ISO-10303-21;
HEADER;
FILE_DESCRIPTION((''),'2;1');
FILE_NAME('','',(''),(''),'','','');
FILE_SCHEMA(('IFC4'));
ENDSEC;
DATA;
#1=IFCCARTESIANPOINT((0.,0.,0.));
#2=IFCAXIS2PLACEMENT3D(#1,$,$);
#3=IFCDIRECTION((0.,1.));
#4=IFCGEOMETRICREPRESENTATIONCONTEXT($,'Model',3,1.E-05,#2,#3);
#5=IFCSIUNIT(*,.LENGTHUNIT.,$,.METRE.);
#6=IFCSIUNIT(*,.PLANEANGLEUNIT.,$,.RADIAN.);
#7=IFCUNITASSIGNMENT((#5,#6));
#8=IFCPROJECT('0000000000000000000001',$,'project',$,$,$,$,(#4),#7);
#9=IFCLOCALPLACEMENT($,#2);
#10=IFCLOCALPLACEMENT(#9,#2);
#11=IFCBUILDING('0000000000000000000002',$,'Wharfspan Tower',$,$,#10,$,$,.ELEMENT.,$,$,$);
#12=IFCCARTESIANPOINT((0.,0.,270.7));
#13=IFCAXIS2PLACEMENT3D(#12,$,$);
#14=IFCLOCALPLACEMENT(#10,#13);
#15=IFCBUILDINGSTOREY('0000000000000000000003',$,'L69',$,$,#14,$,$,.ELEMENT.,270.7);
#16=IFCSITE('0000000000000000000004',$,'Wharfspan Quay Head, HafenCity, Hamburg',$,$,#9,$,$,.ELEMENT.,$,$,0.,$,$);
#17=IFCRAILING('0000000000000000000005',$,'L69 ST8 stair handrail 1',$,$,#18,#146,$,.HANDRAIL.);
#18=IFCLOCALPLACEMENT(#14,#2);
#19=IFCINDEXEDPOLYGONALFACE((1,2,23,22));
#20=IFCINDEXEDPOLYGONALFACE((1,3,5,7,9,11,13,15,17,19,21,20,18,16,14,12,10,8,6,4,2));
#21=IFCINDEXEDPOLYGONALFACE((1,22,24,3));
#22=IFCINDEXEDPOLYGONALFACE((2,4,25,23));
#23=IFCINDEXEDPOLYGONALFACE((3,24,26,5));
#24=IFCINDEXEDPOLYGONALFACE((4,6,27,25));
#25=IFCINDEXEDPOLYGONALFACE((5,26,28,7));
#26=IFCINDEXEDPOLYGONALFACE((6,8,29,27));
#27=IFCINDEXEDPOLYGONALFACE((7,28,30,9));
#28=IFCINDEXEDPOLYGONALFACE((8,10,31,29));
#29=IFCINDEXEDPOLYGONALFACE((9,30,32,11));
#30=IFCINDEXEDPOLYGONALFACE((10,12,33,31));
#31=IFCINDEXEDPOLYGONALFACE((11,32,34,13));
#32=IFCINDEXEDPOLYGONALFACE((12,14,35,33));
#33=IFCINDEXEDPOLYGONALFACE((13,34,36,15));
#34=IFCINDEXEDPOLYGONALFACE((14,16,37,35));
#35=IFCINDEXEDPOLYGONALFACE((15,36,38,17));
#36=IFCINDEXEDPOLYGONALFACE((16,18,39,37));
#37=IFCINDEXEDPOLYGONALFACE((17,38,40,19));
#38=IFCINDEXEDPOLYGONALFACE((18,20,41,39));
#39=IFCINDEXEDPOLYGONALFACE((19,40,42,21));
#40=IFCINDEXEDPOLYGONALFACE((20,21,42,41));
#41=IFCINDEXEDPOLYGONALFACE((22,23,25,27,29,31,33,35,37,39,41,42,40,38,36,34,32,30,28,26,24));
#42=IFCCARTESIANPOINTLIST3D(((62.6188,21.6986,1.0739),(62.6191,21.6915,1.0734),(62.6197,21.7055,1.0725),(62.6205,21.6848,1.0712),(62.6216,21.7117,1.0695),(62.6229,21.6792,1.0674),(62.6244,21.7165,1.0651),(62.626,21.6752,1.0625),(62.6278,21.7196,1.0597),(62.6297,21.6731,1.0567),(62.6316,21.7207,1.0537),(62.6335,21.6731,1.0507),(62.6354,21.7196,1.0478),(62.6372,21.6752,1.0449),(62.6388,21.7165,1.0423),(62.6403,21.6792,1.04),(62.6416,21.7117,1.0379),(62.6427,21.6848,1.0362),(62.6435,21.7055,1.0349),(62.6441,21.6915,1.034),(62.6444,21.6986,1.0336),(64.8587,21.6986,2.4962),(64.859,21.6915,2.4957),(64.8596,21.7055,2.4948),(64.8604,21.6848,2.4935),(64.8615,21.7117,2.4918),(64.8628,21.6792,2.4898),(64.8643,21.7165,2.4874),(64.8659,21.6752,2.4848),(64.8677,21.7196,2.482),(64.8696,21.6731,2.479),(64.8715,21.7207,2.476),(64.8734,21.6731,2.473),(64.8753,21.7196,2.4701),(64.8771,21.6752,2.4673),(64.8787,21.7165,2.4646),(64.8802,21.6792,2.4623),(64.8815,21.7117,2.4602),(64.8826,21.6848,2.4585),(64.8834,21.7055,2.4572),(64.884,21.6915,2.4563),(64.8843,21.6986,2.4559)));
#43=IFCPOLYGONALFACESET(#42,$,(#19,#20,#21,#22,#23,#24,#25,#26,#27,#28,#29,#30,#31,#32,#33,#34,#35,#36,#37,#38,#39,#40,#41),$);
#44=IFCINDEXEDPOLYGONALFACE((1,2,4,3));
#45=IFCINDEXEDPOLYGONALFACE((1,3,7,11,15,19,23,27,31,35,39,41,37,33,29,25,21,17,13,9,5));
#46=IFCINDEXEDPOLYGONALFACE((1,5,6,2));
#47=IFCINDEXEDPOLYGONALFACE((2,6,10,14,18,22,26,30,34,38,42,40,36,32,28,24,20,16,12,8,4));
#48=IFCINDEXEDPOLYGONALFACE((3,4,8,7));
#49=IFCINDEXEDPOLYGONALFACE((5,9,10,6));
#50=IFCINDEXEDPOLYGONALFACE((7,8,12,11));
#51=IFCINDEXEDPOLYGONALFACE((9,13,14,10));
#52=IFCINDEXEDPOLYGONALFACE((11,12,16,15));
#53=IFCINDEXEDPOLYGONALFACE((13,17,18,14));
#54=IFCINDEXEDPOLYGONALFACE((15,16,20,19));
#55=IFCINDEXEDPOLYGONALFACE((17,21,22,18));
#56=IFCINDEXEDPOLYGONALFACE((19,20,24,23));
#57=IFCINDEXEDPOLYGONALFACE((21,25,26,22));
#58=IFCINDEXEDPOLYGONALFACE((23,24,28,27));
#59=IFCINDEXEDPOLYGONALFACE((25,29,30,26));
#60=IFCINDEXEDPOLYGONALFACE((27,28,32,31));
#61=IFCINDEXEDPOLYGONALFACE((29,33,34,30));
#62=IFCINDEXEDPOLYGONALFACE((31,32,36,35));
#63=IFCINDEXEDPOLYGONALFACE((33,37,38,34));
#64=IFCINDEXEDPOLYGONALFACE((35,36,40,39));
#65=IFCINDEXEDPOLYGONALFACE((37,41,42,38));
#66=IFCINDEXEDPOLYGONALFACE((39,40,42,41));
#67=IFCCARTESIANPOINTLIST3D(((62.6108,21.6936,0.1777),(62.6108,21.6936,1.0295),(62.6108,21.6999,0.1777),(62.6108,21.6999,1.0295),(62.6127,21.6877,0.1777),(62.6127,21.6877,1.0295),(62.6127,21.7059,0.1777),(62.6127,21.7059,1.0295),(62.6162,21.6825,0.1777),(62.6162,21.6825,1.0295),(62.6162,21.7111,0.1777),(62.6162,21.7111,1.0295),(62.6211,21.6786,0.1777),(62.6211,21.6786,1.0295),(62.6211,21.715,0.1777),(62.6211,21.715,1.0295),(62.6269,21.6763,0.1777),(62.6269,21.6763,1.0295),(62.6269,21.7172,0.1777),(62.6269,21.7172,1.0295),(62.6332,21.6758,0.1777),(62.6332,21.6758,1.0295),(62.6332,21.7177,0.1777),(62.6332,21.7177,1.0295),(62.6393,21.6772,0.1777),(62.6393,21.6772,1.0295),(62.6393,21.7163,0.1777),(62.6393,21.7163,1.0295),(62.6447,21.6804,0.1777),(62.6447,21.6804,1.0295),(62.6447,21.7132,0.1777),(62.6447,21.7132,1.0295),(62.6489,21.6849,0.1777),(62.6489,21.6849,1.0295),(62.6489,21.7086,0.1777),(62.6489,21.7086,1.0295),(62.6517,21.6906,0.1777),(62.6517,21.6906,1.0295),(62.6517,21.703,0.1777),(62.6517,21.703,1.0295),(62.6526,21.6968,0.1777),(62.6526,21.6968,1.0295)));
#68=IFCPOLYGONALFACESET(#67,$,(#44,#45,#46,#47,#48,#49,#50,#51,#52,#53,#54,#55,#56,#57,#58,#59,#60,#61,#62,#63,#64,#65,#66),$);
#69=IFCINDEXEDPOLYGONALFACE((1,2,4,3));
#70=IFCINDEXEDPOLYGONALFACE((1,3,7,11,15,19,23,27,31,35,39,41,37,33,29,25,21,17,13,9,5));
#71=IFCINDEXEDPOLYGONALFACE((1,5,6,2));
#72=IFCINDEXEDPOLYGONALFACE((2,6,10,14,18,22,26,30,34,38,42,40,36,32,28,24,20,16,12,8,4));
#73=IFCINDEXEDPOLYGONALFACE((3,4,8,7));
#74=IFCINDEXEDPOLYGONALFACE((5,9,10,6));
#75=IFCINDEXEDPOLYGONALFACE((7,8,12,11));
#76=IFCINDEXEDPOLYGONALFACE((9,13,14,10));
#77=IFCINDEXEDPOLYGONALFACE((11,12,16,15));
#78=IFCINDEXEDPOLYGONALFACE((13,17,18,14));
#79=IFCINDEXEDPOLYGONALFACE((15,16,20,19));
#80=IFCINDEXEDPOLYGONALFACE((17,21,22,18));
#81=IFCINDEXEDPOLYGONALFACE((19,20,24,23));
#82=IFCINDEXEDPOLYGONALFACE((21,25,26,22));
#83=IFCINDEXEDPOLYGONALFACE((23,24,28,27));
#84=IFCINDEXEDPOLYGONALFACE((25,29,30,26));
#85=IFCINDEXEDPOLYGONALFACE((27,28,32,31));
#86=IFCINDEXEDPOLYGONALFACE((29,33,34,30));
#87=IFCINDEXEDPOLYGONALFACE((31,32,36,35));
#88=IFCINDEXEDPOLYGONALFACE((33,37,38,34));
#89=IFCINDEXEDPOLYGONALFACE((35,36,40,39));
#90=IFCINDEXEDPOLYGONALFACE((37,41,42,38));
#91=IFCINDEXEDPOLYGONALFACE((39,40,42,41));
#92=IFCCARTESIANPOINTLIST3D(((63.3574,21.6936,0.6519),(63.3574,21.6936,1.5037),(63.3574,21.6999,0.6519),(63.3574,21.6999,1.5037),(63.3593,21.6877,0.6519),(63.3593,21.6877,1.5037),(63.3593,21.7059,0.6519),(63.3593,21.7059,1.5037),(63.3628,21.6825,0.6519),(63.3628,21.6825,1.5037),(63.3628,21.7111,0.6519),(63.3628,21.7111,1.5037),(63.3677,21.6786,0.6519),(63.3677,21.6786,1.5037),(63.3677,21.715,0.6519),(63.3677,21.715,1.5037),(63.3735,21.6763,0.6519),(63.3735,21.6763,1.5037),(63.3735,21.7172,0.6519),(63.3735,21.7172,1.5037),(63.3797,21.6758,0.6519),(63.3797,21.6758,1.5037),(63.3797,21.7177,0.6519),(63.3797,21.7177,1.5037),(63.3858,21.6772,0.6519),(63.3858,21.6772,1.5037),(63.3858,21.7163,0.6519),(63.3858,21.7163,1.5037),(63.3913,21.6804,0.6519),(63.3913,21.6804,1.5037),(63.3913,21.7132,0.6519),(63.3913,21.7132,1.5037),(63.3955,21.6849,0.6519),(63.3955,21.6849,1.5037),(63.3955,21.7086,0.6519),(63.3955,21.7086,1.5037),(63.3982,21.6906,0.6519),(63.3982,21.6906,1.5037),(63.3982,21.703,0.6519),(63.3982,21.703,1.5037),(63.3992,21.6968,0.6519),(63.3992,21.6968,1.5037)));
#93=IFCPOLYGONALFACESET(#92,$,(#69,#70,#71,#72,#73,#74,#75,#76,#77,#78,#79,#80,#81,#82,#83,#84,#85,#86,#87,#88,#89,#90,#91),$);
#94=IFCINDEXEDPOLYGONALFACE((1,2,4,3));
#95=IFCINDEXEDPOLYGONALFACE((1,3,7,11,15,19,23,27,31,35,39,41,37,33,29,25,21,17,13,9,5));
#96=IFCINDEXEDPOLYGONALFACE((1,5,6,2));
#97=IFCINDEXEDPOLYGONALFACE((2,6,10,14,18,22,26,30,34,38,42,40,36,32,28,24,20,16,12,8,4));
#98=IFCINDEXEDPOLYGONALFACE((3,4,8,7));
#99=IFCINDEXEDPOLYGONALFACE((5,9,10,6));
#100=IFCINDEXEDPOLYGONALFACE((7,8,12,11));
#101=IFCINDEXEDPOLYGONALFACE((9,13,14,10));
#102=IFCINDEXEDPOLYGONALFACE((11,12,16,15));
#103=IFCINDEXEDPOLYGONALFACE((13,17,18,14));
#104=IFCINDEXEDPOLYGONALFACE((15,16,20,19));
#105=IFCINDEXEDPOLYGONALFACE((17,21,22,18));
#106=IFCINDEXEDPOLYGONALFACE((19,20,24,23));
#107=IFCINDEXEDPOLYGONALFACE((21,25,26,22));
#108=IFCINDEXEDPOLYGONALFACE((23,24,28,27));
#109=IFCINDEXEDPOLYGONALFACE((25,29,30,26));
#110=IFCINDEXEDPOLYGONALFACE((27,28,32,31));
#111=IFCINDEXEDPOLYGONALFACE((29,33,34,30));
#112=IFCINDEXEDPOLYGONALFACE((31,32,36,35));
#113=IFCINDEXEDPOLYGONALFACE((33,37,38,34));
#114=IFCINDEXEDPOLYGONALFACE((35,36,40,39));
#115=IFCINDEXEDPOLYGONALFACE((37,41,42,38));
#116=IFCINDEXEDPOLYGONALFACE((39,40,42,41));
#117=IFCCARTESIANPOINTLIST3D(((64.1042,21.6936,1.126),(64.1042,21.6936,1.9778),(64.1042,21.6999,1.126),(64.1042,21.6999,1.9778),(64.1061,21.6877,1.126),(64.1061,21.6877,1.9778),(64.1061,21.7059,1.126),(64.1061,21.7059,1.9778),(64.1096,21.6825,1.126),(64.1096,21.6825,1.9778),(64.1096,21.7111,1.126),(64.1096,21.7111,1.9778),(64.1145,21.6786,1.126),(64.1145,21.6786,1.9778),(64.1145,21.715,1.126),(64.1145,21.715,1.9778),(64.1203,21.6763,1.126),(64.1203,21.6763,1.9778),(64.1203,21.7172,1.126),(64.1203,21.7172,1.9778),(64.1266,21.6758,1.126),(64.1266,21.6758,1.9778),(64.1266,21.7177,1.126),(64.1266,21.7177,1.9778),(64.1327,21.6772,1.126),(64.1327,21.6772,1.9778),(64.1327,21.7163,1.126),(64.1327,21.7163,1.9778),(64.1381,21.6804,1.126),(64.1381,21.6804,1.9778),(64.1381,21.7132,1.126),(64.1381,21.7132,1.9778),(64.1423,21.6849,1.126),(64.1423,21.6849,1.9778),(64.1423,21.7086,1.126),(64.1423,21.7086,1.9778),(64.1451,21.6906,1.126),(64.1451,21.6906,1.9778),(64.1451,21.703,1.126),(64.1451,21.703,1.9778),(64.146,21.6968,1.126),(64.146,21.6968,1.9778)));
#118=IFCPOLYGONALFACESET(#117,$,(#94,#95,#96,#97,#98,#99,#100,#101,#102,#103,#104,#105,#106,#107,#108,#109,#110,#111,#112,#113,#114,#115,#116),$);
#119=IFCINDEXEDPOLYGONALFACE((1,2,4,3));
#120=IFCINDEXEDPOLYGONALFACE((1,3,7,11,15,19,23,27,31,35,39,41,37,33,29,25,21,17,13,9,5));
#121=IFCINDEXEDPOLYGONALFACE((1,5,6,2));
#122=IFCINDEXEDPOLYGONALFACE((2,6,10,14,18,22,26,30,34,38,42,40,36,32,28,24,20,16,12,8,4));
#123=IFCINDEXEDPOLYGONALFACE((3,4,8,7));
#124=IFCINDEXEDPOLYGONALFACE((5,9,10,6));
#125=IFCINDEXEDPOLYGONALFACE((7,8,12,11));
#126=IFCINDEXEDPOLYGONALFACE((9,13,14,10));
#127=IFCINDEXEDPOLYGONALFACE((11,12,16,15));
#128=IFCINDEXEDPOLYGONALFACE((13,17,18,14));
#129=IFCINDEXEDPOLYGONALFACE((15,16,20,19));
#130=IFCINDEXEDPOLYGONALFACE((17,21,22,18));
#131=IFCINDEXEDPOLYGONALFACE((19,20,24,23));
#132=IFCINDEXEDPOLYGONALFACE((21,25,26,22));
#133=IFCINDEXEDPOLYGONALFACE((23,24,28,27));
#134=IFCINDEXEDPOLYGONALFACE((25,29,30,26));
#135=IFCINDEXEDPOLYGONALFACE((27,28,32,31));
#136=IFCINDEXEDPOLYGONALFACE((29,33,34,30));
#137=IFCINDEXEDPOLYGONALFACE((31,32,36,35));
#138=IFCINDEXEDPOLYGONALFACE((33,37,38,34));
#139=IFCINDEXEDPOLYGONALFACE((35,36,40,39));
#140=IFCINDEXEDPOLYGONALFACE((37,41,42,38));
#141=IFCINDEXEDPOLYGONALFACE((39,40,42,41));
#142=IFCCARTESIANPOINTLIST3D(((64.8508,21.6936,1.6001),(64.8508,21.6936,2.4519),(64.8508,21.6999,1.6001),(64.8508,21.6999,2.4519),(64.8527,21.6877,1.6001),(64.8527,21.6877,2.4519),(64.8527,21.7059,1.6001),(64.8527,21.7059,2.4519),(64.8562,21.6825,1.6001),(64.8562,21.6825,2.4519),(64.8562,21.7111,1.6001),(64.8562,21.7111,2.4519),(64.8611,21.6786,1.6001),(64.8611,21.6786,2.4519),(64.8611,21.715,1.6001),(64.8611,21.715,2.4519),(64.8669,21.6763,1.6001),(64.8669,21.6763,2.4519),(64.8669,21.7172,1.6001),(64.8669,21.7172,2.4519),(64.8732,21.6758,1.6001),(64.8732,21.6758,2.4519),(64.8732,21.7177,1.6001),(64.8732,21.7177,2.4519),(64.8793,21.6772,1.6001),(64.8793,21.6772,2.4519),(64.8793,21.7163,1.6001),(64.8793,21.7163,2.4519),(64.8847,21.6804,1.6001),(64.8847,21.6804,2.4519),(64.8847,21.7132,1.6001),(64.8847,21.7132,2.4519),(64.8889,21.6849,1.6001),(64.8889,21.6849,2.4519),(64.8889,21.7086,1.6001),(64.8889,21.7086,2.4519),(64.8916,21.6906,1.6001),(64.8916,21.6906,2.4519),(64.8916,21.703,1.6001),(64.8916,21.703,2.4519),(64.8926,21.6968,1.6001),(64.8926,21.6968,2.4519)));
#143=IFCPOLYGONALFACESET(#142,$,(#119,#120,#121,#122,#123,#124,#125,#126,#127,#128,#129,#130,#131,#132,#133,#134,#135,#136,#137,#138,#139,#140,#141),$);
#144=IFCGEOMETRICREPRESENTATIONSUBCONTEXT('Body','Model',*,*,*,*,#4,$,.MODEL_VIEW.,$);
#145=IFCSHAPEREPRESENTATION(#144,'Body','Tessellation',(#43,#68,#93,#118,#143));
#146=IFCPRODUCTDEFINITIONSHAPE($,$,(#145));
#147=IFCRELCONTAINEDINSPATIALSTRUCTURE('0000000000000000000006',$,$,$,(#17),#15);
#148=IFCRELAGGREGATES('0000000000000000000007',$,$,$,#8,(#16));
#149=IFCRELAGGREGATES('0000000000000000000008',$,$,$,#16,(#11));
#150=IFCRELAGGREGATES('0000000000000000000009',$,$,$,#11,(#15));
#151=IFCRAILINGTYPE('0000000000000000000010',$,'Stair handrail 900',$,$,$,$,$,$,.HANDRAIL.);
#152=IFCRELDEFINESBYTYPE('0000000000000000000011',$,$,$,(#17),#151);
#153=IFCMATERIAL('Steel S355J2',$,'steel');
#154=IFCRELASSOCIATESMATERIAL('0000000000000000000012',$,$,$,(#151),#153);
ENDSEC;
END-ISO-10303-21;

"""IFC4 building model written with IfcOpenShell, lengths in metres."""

from ifc_helpers import new_model, si_unit, direction, frame, origin, origin_2d, place, context, subcontext, project, spatial, circle, extrude, material, type_object, element, save


model = new_model("IFC4")

# Units and contexts
model_context = context("Model", 3, precision=1e-05, world=origin(), true_north=direction((0.0, 1.0)))
body_context = subcontext(model_context, "Body", "Model", "MODEL_VIEW")
ifc_project = project(units=[si_unit("LENGTHUNIT", "METRE"), si_unit("PLANEANGLEUNIT", "RADIAN")], contexts=[model_context])

# Site, building, storey
site_placement = place(None, origin())
site = spatial("IfcSite", under=ifc_project, at=site_placement, Name="Wharfspan Quay Head, HafenCity, Hamburg", CompositionType="ELEMENT", RefElevation=0.0)
building_placement = place(site_placement, origin())
building = spatial("IfcBuilding", under=site, at=building_placement, Name="Wharfspan Tower", CompositionType="ELEMENT")
storey_placement = place(building_placement, frame((0.0, 0.0, 270.7)))
storey = spatial("IfcBuildingStorey", under=building, at=storey_placement, Name="L69", CompositionType="ELEMENT", Elevation=270.7)

# Shared definitions
ifc_material_1 = material(Name="Steel S355J2", Category="steel")

# Railing
railing_type_1 = type_object("IfcRailingType", Name="Stair handrail 900", PredefinedType="HANDRAIL", material=ifc_material_1)
railing_1_placement = place(storey_placement, frame((62.6316, 21.6968, 0.1777)))
element("IfcRailing", 1, at=railing_1_placement, inside=storey, type_object=railing_type_1, Name="L69 ST8 stair handrail 1", PredefinedType="HANDRAIL", context=body_context, shape_type="SweptSolid", body=[
    extrude(circle(Radius=0.0239, at=origin_2d()), frame((0.0, 0.0, 0.876), z_axis=(0.844188, 0.0, 0.536048), x_axis=(0.0, 1.0, 0.0)), (0.0, 0.0, 1.0), 2.6533),
    extrude(circle(Radius=0.021, at=origin_2d()), origin(), (0.0, 0.0, 1.0), 0.8518),
    extrude(circle(Radius=0.021, at=origin_2d()), frame((0.7466, 0.0, 0.4741)), (0.0, 0.0, 1.0), 0.8518),
    extrude(circle(Radius=0.021, at=origin_2d()), frame((1.4934, 0.0, 0.9482)), (0.0, 0.0, 1.0), 0.8518),
    extrude(circle(Radius=0.021, at=origin_2d()), frame((2.24, 0.0, 1.4224)), (0.0, 0.0, 1.0), 0.8518),
])

save(model, "model.ifc")
